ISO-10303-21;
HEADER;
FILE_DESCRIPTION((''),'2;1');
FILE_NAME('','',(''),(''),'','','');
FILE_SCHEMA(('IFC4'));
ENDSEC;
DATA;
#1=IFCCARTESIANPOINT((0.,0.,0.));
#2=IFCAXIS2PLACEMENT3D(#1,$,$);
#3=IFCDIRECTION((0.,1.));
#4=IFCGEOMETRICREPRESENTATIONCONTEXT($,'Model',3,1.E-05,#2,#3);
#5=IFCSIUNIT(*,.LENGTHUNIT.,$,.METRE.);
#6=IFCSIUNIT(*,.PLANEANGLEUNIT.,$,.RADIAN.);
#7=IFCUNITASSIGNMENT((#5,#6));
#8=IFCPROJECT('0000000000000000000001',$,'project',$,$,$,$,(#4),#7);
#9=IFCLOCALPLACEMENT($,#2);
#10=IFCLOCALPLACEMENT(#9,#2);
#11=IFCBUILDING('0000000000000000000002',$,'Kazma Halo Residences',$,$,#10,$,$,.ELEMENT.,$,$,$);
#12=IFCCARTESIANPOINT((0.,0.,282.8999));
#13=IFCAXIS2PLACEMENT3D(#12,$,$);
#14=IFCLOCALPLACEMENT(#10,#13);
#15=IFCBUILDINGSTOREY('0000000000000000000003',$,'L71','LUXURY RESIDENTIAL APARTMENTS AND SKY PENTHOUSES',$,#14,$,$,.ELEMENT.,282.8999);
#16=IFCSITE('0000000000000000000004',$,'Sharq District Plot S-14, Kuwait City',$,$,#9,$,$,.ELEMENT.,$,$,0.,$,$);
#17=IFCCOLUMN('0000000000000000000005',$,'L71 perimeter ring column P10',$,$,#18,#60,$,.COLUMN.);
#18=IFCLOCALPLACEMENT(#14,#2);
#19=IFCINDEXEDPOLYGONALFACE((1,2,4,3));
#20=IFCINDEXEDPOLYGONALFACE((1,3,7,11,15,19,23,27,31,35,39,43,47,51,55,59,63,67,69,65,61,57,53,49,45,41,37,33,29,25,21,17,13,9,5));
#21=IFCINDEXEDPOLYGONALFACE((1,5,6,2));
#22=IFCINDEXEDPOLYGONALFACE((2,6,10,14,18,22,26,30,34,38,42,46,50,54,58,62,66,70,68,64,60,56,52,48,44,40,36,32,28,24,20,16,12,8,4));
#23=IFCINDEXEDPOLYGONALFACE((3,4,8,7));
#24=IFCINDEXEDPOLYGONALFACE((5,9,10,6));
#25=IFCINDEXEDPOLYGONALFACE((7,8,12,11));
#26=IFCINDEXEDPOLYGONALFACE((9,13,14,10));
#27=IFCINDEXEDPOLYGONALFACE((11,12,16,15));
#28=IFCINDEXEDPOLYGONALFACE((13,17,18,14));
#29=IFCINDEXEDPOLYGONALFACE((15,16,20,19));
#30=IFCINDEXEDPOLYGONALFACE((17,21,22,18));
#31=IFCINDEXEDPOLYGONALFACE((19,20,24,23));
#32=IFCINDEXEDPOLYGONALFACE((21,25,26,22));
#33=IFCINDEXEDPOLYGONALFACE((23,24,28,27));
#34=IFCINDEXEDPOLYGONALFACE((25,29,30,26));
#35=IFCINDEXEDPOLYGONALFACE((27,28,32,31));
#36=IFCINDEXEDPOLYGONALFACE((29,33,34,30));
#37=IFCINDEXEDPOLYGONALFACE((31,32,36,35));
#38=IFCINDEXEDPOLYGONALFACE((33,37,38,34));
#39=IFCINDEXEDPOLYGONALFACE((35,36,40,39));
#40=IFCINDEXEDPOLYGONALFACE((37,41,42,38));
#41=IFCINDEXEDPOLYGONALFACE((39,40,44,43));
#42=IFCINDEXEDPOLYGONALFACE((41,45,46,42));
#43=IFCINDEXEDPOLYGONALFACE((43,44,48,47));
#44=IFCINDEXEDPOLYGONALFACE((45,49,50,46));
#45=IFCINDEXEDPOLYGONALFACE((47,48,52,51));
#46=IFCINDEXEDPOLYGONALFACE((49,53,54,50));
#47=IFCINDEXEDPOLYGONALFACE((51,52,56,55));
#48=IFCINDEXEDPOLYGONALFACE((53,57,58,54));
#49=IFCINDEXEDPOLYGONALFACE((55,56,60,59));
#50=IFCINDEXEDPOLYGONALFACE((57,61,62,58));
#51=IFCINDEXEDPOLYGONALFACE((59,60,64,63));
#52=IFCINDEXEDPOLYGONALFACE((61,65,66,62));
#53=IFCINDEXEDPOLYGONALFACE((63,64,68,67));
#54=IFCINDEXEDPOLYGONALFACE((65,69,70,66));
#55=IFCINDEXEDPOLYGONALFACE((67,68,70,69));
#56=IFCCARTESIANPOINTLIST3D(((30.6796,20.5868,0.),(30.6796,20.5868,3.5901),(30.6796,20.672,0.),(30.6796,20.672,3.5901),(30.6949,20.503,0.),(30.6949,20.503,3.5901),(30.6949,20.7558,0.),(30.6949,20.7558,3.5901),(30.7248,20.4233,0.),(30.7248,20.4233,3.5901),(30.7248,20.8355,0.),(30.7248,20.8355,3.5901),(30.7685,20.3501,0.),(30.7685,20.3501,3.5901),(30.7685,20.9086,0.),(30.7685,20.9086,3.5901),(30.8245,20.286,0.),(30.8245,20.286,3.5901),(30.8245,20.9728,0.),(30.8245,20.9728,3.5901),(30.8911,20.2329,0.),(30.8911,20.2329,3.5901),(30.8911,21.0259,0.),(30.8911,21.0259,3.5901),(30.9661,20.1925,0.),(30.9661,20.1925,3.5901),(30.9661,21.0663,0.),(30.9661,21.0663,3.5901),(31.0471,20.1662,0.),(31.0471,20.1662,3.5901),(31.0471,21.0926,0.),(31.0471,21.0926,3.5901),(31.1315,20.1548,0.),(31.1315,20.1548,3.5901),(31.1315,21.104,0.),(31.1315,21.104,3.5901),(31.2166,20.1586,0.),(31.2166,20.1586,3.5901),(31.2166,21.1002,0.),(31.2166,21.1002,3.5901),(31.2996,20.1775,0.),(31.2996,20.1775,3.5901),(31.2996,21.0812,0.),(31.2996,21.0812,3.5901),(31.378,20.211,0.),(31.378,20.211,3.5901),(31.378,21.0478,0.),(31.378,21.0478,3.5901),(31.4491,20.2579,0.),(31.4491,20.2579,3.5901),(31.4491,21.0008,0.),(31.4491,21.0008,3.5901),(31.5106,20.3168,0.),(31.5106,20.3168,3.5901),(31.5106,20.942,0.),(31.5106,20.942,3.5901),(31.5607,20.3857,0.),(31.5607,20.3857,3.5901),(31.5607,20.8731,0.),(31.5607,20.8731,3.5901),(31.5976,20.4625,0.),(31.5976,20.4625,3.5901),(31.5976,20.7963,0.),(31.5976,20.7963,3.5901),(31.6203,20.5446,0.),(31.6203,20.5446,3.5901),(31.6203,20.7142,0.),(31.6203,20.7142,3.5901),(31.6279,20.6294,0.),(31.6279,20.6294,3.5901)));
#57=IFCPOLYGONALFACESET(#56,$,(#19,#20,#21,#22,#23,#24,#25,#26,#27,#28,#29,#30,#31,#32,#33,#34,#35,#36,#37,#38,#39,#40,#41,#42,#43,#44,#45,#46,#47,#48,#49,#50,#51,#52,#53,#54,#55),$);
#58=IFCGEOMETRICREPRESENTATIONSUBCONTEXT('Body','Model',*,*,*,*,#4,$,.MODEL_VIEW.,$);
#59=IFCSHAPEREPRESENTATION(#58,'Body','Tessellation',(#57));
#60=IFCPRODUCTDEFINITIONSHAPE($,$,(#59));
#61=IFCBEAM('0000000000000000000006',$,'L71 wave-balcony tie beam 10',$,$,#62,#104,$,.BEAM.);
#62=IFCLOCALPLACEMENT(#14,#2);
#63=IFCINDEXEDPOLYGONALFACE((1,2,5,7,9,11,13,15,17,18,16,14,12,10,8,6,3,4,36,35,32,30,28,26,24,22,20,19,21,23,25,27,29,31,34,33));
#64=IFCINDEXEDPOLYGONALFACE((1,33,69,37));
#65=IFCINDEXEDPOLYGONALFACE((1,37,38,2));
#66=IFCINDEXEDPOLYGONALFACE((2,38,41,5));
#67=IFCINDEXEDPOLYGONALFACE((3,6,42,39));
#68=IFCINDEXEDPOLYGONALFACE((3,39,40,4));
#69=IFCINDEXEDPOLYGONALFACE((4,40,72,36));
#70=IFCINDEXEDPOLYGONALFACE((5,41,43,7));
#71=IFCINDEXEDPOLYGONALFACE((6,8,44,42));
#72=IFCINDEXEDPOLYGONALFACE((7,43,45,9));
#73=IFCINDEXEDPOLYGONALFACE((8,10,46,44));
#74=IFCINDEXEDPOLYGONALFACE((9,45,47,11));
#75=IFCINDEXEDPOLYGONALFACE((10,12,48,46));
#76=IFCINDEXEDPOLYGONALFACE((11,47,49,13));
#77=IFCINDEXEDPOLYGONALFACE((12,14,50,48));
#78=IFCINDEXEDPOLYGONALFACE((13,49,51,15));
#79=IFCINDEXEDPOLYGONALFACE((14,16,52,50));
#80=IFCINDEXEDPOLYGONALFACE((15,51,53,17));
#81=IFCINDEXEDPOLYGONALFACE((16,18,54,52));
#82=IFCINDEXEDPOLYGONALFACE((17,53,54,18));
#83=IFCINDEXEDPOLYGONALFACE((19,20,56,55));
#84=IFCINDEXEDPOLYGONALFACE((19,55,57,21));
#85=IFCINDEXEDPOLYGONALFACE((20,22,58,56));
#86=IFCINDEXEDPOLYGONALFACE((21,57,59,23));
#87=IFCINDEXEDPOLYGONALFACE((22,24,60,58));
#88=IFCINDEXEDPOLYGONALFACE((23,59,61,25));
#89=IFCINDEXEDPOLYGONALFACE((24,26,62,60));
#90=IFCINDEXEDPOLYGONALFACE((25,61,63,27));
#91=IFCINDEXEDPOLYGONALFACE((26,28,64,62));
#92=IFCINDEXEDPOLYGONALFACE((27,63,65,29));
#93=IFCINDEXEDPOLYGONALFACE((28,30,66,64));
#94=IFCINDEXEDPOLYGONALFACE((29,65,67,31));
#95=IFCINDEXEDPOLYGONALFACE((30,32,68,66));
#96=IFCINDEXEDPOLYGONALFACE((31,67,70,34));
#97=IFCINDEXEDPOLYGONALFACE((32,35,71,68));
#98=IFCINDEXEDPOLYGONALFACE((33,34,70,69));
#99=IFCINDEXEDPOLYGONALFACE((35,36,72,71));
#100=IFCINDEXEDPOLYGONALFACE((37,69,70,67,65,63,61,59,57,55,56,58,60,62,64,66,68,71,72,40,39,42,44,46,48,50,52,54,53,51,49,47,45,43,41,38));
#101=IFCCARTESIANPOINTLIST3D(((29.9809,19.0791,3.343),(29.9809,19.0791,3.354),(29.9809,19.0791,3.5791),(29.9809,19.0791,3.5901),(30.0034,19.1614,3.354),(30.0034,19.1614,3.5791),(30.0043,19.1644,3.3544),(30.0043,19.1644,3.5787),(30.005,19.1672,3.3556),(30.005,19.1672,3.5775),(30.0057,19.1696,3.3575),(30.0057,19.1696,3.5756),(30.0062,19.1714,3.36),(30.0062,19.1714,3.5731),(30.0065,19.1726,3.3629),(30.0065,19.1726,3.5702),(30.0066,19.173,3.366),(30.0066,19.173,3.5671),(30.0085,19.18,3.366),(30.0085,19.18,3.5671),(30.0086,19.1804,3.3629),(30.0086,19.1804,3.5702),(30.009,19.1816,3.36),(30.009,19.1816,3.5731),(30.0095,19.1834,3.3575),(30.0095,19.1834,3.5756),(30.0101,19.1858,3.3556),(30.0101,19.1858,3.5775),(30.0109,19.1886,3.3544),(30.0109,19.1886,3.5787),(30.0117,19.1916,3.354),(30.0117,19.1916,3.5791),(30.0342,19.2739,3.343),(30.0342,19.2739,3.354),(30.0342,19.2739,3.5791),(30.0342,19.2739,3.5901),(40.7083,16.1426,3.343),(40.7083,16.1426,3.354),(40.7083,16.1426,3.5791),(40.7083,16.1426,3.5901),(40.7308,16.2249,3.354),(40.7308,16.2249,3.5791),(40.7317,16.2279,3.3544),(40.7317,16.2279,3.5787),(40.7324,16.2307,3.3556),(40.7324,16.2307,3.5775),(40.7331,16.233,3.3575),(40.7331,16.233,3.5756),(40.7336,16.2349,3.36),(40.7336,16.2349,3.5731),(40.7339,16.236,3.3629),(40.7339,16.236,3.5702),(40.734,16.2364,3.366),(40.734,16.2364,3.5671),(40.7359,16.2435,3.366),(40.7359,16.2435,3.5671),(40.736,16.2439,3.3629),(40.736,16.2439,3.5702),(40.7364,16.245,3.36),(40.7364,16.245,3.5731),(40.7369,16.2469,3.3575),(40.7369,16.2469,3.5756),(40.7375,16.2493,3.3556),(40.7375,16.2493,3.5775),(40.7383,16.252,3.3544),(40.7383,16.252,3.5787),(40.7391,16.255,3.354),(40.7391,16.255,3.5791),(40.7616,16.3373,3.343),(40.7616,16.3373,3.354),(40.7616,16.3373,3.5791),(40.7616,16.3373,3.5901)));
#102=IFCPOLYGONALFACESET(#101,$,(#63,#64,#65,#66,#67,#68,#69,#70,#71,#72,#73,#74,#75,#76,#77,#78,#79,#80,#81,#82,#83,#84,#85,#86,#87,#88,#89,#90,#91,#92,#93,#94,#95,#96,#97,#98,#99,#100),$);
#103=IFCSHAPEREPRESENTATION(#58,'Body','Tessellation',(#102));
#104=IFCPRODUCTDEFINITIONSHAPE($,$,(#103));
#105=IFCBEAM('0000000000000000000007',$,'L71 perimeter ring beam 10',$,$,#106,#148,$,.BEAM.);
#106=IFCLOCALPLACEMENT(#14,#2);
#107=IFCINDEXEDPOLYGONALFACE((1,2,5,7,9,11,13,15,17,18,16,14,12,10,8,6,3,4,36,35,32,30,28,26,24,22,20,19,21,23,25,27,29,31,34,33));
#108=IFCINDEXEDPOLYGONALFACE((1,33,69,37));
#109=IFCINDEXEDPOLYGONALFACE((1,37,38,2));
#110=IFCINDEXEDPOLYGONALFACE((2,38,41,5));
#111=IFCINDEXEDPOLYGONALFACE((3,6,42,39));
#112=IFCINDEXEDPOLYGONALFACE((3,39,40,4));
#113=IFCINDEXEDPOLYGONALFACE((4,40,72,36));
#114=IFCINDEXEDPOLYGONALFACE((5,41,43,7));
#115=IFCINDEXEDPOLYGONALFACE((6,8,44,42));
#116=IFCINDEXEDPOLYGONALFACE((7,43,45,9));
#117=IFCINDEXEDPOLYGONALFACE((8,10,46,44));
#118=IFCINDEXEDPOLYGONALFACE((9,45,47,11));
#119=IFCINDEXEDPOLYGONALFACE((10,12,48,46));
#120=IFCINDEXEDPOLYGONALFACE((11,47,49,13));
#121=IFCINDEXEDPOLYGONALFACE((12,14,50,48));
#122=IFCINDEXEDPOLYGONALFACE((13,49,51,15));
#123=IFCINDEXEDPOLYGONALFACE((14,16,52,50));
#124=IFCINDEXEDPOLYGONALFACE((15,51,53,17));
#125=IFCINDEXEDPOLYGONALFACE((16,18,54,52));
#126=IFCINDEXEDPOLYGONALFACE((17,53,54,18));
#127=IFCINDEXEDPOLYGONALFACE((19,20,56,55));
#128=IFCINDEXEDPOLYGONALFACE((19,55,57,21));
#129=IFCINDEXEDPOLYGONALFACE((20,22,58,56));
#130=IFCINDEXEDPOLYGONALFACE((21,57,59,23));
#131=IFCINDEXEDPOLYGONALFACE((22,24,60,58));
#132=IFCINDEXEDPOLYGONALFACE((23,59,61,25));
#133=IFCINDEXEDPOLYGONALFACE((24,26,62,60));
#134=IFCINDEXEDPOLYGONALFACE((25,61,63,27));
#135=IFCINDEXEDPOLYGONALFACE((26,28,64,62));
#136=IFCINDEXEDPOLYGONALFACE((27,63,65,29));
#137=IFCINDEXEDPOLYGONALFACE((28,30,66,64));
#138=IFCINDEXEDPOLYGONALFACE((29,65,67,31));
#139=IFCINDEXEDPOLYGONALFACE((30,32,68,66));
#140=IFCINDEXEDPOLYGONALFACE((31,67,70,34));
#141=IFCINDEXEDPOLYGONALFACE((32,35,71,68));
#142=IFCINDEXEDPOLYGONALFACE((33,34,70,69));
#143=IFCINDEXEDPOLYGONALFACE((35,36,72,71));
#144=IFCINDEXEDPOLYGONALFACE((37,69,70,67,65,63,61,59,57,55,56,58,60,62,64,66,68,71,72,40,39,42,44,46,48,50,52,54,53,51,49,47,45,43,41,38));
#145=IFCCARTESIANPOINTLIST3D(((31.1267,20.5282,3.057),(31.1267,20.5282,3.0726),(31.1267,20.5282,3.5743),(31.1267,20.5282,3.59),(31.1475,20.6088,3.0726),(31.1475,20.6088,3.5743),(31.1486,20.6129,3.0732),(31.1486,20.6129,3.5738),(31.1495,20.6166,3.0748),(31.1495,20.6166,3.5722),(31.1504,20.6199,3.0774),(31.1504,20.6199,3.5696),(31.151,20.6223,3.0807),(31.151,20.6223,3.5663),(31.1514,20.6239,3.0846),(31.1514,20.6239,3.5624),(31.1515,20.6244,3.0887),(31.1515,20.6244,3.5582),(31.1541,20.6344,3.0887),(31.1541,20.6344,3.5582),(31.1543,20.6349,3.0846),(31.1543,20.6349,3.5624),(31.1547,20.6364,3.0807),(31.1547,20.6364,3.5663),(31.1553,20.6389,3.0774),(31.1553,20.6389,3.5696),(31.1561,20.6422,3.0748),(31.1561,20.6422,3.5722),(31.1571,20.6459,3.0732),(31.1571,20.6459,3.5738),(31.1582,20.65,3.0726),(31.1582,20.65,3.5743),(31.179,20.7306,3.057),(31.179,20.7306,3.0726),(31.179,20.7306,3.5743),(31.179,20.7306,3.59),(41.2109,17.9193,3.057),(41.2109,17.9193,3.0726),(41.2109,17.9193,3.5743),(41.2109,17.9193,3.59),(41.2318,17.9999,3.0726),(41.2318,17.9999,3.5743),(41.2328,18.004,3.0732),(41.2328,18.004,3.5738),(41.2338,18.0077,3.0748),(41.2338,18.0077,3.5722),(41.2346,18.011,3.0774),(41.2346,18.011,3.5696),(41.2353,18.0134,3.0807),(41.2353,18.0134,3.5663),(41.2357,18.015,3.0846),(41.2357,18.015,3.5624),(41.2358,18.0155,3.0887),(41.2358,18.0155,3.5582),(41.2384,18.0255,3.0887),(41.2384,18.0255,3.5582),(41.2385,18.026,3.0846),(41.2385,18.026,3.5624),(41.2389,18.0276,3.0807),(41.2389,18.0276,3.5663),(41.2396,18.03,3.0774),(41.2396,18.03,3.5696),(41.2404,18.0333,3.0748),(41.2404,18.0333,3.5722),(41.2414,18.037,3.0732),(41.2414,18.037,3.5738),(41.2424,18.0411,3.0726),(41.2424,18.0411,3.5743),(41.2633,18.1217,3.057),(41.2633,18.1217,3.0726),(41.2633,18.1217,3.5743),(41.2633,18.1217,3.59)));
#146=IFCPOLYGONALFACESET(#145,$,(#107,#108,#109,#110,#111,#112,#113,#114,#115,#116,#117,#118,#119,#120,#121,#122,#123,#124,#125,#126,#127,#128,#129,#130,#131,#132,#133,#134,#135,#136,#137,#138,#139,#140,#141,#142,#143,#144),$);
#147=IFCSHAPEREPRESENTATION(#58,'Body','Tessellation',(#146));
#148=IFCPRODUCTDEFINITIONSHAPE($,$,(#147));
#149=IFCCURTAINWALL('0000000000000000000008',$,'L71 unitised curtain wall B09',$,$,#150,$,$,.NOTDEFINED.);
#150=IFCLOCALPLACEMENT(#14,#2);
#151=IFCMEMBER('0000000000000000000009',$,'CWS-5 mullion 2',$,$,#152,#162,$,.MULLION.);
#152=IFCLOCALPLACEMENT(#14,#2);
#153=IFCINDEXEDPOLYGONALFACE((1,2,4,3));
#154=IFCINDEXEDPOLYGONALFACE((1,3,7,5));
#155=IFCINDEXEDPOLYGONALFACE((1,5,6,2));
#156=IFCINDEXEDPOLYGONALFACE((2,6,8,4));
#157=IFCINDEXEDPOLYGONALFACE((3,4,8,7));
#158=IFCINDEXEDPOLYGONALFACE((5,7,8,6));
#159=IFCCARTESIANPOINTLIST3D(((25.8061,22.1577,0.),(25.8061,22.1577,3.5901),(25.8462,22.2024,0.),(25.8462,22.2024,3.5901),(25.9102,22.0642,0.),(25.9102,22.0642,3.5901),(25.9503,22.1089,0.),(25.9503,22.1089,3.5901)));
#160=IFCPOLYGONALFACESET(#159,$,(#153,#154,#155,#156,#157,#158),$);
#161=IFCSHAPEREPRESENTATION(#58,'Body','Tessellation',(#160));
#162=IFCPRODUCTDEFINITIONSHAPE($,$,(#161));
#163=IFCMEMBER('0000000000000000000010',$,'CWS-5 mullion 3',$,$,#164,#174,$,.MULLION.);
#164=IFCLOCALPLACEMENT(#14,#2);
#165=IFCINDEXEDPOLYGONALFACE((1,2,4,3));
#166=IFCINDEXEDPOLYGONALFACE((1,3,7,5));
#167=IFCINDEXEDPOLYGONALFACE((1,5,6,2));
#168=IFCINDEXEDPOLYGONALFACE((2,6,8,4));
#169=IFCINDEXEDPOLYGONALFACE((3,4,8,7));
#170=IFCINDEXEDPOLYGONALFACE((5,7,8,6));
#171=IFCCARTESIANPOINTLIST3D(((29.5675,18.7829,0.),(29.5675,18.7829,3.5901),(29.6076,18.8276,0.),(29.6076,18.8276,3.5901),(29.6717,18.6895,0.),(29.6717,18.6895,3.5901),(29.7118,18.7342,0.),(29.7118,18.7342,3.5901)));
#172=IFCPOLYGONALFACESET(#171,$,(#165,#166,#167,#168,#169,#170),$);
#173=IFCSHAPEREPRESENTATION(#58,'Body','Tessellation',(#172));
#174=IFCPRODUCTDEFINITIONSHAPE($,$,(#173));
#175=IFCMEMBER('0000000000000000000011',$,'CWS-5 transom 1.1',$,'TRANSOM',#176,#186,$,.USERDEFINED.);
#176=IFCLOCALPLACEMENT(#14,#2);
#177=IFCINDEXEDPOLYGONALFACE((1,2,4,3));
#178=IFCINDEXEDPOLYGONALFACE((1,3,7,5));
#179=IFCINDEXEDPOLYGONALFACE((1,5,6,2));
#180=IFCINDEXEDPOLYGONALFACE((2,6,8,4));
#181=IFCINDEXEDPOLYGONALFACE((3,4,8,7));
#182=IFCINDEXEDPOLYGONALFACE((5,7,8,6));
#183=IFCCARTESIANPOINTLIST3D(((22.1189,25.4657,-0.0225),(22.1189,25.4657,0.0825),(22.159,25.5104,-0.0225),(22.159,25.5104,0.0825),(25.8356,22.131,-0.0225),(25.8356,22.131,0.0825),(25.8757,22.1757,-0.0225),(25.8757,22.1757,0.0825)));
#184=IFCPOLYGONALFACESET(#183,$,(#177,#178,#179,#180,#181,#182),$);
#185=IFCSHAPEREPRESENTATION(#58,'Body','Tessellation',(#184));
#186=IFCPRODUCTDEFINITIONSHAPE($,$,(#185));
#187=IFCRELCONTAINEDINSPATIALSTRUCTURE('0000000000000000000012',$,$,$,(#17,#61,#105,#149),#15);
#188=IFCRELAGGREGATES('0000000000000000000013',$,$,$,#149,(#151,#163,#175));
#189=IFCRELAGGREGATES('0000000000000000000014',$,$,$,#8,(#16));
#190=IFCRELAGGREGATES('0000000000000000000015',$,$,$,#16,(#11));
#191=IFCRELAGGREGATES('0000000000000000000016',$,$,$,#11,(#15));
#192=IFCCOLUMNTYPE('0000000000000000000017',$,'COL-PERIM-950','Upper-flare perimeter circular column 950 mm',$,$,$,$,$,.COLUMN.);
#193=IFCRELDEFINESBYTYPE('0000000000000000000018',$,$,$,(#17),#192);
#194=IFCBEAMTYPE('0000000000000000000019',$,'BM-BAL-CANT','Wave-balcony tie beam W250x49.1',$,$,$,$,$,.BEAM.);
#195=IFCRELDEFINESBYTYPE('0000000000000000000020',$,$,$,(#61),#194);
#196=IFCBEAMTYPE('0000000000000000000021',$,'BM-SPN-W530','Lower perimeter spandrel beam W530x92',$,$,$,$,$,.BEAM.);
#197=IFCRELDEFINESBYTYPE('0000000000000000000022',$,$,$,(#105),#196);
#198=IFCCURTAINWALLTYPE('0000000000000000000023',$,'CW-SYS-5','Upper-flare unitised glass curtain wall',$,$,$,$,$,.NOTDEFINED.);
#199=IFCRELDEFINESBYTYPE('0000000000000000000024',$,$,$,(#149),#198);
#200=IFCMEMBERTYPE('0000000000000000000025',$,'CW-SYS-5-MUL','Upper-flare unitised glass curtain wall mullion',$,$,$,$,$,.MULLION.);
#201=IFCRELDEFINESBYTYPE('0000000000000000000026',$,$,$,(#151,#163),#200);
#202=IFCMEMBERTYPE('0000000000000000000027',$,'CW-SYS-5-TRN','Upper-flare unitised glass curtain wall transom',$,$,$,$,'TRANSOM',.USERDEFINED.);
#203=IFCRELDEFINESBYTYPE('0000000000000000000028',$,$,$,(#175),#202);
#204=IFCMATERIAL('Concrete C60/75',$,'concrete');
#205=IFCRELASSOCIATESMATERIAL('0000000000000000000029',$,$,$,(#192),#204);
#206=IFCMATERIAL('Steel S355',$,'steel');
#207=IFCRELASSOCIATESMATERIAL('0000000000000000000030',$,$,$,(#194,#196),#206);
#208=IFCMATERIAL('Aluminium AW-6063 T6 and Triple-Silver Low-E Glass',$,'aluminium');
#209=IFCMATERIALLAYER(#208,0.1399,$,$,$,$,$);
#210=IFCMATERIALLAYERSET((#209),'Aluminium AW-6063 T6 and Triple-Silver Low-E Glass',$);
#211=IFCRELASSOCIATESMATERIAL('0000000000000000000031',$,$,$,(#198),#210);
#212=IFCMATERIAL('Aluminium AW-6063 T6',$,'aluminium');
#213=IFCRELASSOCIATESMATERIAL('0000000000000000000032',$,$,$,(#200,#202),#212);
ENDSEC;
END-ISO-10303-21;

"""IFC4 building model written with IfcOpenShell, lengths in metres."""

from ifc_helpers import new_model, si_unit, direction, frame, origin, origin_2d, place, context, subcontext, project, spatial, rectangle, circle, i_section, extrude, material, layer, layer_set, material_profile, profile_set, type_object, element, aggregate, save


model = new_model("IFC4")

# Units and contexts
model_context = context("Model", 3, precision=1e-05, world=origin(), true_north=direction((0.0, 1.0)))
body_context = subcontext(model_context, "Body", "Model", "MODEL_VIEW")
ifc_project = project(units=[si_unit("LENGTHUNIT", "METRE"), si_unit("PLANEANGLEUNIT", "RADIAN")], contexts=[model_context])

# Site, building, storey
site_placement = place(None, origin())
site = spatial("IfcSite", under=ifc_project, at=site_placement, Name="Sharq District Plot S-14, Kuwait City", CompositionType="ELEMENT", RefElevation=0.0)
building_placement = place(site_placement, origin())
building = spatial("IfcBuilding", under=site, at=building_placement, Name="Kazma Halo Residences", CompositionType="ELEMENT")
storey_placement = place(building_placement, frame((0.0, 0.0, 282.8999)))
storey = spatial("IfcBuildingStorey", under=building, at=storey_placement, Name="L71", Description="LUXURY RESIDENTIAL APARTMENTS AND SKY PENTHOUSES", CompositionType="ELEMENT", Elevation=282.8999)

# Column
ifc_material_1 = material(Name="Concrete C60/75", Category="concrete")
ifc_material_profile_1 = material_profile(ifc_material_1, circle(Radius=0.4751, at=origin_2d()), Name="CIRC950")
ifc_profile_set_1 = profile_set([ifc_material_profile_1], Name="Concrete C60/75")
column_type = type_object("IfcColumnType", Name="COL-PERIM-950", Description="Upper-flare perimeter circular column 950 mm", PredefinedType="COLUMN", material=ifc_profile_set_1)
column_placement = place(storey_placement, frame((31.1528, 20.6294, 0.0), z_axis=(0.0, 0.0, 1.0), x_axis=(1.0, 0.0, 0.0)))
element("IfcColumn", 1, at=column_placement, inside=storey, type_object=column_type, Name="L71 perimeter ring column P10", PredefinedType="COLUMN", context=body_context, shape_type="SweptSolid", body=[
    extrude(circle(Radius=0.4751, at=origin_2d()), origin(), (0.0, 0.0, 1.0), 3.5901),
])

# Beams
ifc_material_2 = material(Name="Steel S355", Category="steel")
ifc_material_profile_2 = material_profile(ifc_material_2, i_section(OverallWidth=0.2019, OverallDepth=0.2471, WebThickness=0.0073, FlangeThickness=0.011, FilletRadius=0.012, at=origin_2d()), Name="W250x49.1")
ifc_profile_set_2 = profile_set([ifc_material_profile_2], Name="Steel S355")
beam_type_1 = type_object("IfcBeamType", Name="BM-BAL-CANT", Description="Wave-balcony tie beam W250x49.1", PredefinedType="BEAM", material=ifc_profile_set_2)
beam_1_placement = place(storey_placement, frame((30.0076, 19.1765, 3.4666), z_axis=(0.964515, -0.264029, 0.0), x_axis=(0.264029, 0.964515, 0.0)))
element("IfcBeam", 2, at=beam_1_placement, inside=storey, type_object=beam_type_1, Name="L71 wave-balcony tie beam 10", PredefinedType="BEAM", context=body_context, shape_type="SweptSolid", body=[
    extrude(i_section(OverallWidth=0.2019, OverallDepth=0.2471, WebThickness=0.0073, FlangeThickness=0.011, FilletRadius=0.012, at=origin_2d()), origin(), (0.0, 0.0, 1.0), 11.1221),
])
ifc_material_profile_3 = material_profile(ifc_material_2, i_section(OverallWidth=0.209, OverallDepth=0.533, WebThickness=0.0103, FlangeThickness=0.0156, FilletRadius=0.0161, at=origin_2d()), Name="W530x92")
ifc_profile_set_3 = profile_set([ifc_material_profile_3], Name="Steel S355")
beam_type_2 = type_object("IfcBeamType", Name="BM-SPN-W530", Description="Lower perimeter spandrel beam W530x92", PredefinedType="BEAM", material=ifc_profile_set_3)
beam_2_placement = place(storey_placement, frame((31.1528, 20.6294, 3.3235), z_axis=(0.968126, -0.250464, 0.0), x_axis=(0.250464, 0.968126, 0.0)))
element("IfcBeam", 3, at=beam_2_placement, inside=storey, type_object=beam_type_2, Name="L71 perimeter ring beam 10", PredefinedType="BEAM", context=body_context, shape_type="SweptSolid", body=[
    extrude(i_section(OverallWidth=0.209, OverallDepth=0.533, WebThickness=0.0103, FlangeThickness=0.0156, FilletRadius=0.0161, at=origin_2d()), origin(), (0.0, 0.0, 1.0), 10.4163),
])

# Curtain wall, members
ifc_material_3 = material(Name="Aluminium AW-6063 T6 and Triple-Silver Low-E Glass", Category="aluminium")
ifc_layer_1 = layer(ifc_material_3, 0.1399)
ifc_layer_set_1 = layer_set([ifc_layer_1], Name="Aluminium AW-6063 T6 and Triple-Silver Low-E Glass")
curtain_wall_type = type_object("IfcCurtainWallType", Name="CW-SYS-5", Description="Upper-flare unitised glass curtain wall", PredefinedType="NOTDEFINED", material=ifc_layer_set_1)
curtain_wall_placement = place(storey_placement, origin())
curtain_wall = element("IfcCurtainWall", 4, at=curtain_wall_placement, inside=storey, type_object=curtain_wall_type, Name="L71 unitised curtain wall B09", PredefinedType="NOTDEFINED")
ifc_material_4 = material(Name="Aluminium AW-6063 T6", Category="aluminium")
ifc_material_profile_4 = material_profile(ifc_material_4, rectangle(XDim=0.0601, YDim=0.1399, at=origin_2d()), Name="CWM-60x140")
ifc_profile_set_4 = profile_set([ifc_material_profile_4], Name="Aluminium AW-6063 T6")
member_type_1 = type_object("IfcMemberType", Name="CW-SYS-5-MUL", Description="Upper-flare unitised glass curtain wall mullion", PredefinedType="MULLION", material=ifc_profile_set_4)
member_1_placement = place(storey_placement, frame((25.8782, 22.1333, 0.0), z_axis=(0.0, 0.0, 1.0), x_axis=(0.667805, 0.744336, 0.0)))
member_1 = element("IfcMember", 5, at=member_1_placement, type_object=member_type_1, Name="CWS-5 mullion 2", PredefinedType="MULLION", context=body_context, shape_type="SweptSolid", body=[
    extrude(rectangle(XDim=0.0601, YDim=0.1399, at=origin_2d()), origin(), (0.0, 0.0, 1.0), 3.5901),
])
member_2_placement = place(storey_placement, frame((29.6396, 18.7585, 0.0), z_axis=(0.0, 0.0, 1.0), x_axis=(0.667805, 0.744336, 0.0)))
member_2 = element("IfcMember", 6, at=member_2_placement, type_object=member_type_1, Name="CWS-5 mullion 3", PredefinedType="MULLION", context=body_context, shape_type="SweptSolid", body=[
    extrude(rectangle(XDim=0.0601, YDim=0.1399, at=origin_2d()), origin(), (0.0, 0.0, 1.0), 3.5901),
])
ifc_material_profile_5 = material_profile(ifc_material_4, rectangle(XDim=0.0601, YDim=0.105, at=origin_2d()), Name="CWT-60x105")
ifc_profile_set_5 = profile_set([ifc_material_profile_5], Name="Aluminium AW-6063 T6")
member_type_2 = type_object("IfcMemberType", Name="CW-SYS-5-TRN", Description="Upper-flare unitised glass curtain wall transom", ElementType="TRANSOM", PredefinedType="USERDEFINED", material=ifc_profile_set_5)
member_3_placement = place(storey_placement, frame((22.1389, 25.488, 0.03), z_axis=(0.744329, -0.667813, 0.0), x_axis=(0.667813, 0.744329, 0.0)))
member_3 = element("IfcMember", 7, at=member_3_placement, type_object=member_type_2, Name="CWS-5 transom 1.1", ObjectType="TRANSOM", PredefinedType="USERDEFINED", context=body_context, shape_type="SweptSolid", body=[
    extrude(rectangle(XDim=0.0601, YDim=0.105, at=origin_2d()), origin(), (0.0, 0.0, 1.0), 4.9934),
])
aggregate(curtain_wall, [member_1, member_2, member_3])

save(model, "model.ifc")
